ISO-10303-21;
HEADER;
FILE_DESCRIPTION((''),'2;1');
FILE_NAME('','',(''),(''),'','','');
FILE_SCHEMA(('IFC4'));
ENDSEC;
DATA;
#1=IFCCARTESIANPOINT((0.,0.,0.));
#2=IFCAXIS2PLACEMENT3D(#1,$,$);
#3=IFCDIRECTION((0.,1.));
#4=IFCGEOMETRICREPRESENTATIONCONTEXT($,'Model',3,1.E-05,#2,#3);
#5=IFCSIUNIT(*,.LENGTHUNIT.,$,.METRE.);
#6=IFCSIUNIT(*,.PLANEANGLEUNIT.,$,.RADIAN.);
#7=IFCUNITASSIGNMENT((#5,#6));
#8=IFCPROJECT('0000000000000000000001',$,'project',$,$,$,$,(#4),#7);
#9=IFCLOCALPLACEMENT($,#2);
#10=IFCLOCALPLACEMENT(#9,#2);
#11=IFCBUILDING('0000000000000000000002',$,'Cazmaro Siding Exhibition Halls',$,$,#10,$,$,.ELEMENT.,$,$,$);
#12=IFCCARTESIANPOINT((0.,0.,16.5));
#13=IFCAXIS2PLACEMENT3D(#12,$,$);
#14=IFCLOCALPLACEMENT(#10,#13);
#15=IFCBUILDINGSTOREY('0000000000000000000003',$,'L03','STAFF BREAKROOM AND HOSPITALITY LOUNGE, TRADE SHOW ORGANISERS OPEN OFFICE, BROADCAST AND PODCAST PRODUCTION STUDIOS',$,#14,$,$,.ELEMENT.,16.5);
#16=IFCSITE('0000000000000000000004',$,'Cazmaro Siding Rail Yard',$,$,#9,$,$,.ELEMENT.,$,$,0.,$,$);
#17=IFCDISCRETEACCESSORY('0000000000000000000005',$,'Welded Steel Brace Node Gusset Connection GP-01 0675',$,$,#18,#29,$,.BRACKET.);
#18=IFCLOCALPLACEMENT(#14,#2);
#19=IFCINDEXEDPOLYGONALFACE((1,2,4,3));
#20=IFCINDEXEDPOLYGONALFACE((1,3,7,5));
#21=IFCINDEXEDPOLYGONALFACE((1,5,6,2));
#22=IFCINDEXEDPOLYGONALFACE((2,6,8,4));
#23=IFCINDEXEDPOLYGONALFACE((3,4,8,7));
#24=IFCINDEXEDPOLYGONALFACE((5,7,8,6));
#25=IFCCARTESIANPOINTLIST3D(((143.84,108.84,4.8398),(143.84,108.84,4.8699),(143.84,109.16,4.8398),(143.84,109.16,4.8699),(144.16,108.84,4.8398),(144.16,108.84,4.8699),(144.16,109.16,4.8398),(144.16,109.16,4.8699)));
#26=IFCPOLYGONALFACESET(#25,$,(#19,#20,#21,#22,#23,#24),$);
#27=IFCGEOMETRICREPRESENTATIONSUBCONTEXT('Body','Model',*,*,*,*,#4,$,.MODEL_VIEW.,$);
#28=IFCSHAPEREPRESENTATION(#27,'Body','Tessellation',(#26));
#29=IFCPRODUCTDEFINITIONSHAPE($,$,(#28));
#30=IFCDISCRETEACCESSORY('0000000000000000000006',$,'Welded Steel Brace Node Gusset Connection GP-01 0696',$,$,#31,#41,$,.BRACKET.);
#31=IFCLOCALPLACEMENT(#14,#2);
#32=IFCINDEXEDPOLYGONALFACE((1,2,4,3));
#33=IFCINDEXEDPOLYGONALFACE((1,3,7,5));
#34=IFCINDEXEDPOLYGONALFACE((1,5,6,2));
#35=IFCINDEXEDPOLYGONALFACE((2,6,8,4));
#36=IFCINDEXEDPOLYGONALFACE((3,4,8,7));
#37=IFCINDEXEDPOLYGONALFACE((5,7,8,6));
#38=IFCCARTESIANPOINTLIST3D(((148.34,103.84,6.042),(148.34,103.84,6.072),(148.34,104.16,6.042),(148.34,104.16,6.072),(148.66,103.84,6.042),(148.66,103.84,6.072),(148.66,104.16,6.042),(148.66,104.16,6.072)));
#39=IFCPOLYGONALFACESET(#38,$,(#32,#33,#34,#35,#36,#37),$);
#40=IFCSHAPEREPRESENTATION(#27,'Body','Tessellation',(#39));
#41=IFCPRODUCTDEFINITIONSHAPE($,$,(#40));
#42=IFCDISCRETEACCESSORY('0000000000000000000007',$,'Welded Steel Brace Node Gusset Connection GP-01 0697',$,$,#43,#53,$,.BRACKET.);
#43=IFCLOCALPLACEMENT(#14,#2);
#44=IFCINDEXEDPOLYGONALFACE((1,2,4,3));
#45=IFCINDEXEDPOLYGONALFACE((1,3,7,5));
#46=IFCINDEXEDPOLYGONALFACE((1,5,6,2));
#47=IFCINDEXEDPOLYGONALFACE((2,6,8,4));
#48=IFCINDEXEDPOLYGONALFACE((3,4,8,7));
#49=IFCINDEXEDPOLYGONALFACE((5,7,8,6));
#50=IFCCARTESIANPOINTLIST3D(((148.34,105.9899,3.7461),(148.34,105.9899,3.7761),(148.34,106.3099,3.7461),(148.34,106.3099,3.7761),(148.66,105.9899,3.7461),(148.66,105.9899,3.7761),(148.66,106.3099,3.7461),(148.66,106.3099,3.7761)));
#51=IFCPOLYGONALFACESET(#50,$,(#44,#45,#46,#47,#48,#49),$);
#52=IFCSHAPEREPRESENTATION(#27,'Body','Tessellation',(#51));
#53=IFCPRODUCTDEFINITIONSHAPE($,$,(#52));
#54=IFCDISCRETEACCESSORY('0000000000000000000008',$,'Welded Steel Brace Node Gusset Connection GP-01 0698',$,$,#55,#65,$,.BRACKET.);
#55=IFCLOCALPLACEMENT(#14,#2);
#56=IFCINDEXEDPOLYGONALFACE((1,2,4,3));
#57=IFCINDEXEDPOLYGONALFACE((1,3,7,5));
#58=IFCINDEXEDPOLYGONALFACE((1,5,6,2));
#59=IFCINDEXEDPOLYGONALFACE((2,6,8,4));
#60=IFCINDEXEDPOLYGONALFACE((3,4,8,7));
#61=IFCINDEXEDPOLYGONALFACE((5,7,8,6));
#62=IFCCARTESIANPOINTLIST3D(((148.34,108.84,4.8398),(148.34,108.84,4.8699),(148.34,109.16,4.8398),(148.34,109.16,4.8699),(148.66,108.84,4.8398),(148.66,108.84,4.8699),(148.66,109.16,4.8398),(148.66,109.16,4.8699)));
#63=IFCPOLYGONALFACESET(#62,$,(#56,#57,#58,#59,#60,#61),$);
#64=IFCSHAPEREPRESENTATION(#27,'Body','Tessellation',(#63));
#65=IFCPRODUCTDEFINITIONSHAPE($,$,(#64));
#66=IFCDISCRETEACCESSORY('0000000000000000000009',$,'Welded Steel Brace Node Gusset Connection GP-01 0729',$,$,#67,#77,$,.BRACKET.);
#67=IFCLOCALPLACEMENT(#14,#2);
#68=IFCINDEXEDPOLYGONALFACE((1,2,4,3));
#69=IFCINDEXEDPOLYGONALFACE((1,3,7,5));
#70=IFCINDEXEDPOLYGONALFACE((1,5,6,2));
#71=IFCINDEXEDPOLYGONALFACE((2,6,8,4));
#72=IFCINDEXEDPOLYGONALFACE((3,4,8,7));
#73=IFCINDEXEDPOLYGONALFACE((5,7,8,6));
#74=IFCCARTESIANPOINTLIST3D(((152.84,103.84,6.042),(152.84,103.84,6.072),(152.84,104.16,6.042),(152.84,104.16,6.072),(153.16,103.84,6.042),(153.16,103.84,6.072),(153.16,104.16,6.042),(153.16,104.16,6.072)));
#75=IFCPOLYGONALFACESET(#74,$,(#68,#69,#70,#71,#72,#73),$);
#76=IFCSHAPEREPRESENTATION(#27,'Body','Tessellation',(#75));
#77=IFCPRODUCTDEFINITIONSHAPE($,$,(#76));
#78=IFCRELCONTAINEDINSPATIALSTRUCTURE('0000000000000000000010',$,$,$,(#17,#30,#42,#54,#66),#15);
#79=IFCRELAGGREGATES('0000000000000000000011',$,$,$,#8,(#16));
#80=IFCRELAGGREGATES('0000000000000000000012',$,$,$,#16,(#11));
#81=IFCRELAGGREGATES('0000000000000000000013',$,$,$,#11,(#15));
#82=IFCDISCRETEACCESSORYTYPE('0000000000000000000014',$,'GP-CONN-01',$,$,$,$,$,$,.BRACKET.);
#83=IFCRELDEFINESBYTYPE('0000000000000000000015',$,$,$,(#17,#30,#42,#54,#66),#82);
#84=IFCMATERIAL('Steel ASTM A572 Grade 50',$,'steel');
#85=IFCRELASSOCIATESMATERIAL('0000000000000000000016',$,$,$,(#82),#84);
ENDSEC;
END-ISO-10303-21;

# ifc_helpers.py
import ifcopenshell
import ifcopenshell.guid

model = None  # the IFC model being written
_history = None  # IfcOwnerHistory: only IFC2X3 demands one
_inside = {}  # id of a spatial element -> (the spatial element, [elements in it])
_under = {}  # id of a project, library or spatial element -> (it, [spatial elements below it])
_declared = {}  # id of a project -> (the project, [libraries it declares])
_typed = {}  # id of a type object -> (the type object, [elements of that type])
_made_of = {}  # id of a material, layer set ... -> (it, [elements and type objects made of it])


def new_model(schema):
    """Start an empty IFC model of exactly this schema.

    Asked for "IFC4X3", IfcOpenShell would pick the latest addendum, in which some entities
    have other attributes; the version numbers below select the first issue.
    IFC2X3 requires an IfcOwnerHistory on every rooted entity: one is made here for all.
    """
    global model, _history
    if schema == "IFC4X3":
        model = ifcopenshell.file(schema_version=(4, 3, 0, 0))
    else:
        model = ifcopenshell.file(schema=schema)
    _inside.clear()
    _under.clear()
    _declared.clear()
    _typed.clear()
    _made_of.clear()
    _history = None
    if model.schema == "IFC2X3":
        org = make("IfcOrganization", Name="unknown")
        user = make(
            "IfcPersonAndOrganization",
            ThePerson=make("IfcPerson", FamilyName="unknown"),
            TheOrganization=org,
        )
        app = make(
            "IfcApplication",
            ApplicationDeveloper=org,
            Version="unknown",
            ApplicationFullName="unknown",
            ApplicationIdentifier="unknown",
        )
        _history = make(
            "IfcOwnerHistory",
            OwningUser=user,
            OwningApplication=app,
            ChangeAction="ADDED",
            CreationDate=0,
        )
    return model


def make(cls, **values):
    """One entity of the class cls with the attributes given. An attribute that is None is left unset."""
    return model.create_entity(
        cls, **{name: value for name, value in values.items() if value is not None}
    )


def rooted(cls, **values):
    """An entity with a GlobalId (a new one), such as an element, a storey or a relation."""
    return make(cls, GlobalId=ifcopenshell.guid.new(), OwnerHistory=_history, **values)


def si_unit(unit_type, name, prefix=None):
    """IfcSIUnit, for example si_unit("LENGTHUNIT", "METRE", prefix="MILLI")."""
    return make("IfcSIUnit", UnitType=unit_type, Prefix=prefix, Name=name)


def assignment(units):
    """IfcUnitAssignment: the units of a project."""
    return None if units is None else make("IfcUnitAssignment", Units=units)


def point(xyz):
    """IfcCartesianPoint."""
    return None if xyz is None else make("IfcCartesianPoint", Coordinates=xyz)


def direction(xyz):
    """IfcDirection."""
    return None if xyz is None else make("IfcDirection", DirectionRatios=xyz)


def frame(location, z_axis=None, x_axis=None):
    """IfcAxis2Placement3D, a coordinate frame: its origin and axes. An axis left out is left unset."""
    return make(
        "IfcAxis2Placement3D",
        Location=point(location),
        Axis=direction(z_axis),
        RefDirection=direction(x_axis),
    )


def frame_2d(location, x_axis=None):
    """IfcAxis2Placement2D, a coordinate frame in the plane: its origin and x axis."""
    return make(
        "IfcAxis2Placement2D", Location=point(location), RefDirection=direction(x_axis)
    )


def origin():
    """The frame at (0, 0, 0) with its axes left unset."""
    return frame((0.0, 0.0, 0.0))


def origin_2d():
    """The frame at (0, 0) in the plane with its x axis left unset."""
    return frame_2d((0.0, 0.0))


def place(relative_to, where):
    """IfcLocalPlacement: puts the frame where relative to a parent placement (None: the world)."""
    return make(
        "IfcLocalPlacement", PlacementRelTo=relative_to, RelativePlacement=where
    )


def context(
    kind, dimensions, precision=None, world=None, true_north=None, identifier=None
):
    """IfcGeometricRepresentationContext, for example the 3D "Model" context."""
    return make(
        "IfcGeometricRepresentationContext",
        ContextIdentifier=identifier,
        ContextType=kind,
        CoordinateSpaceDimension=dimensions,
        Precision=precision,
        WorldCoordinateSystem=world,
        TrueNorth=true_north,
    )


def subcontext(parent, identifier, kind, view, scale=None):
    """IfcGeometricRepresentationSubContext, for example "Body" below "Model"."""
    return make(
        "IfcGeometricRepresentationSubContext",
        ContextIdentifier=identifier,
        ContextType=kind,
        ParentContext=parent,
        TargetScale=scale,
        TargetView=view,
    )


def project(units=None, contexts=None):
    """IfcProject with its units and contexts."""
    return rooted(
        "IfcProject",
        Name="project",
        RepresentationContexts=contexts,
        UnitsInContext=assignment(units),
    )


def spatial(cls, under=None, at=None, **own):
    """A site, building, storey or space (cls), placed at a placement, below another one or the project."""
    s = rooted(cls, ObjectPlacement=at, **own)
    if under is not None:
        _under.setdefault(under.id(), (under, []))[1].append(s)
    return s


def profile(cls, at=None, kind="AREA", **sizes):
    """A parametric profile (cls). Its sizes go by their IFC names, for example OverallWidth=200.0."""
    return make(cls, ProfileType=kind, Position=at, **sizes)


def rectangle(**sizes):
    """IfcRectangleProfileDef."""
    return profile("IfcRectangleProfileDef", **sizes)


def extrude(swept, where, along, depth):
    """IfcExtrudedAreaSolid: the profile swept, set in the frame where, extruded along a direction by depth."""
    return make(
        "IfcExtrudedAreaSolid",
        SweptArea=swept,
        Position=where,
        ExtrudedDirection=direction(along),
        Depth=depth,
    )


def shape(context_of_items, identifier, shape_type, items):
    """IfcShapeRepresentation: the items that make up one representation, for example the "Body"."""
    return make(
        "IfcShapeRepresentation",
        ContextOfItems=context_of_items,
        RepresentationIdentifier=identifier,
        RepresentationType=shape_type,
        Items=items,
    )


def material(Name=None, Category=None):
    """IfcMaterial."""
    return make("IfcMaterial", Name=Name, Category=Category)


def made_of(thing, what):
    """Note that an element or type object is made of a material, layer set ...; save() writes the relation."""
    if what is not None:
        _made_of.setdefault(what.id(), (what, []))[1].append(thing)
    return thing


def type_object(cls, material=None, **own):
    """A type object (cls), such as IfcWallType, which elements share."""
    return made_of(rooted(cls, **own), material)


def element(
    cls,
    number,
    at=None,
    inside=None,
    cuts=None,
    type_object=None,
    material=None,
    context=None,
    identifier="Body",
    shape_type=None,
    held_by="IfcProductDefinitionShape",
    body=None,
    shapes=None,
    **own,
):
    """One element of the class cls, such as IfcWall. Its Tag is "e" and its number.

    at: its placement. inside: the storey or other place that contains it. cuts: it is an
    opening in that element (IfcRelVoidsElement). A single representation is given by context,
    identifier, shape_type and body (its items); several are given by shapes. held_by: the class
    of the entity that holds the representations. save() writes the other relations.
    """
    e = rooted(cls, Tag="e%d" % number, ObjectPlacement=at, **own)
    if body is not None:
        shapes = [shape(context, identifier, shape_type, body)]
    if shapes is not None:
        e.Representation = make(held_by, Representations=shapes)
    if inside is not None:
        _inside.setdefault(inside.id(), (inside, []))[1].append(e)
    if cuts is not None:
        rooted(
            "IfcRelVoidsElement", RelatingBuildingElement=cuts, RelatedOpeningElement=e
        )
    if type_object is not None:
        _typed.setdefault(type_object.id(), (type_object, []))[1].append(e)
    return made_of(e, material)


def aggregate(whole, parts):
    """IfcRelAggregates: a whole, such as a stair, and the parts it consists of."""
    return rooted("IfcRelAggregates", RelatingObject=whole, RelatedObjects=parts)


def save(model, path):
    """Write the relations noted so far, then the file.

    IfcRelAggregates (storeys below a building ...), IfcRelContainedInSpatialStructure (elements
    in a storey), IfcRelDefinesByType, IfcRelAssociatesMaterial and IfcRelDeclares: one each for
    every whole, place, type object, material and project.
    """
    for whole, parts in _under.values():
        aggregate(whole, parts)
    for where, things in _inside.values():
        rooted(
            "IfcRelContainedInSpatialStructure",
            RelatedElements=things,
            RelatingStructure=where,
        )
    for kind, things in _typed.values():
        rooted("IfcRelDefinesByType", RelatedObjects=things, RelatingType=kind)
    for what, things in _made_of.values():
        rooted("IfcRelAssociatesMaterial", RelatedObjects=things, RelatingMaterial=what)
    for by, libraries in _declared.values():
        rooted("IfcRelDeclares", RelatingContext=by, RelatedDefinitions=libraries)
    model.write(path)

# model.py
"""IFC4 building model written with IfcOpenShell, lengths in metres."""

from ifc_helpers import new_model, si_unit, direction, frame, origin, origin_2d, place, context, subcontext, project, spatial, rectangle, extrude, material, type_object, element, save


model = new_model("IFC4")

# Units and contexts
model_context = context("Model", 3, precision=1e-05, world=origin(), true_north=direction((0.0, 1.0)))
body_context = subcontext(model_context, "Body", "Model", "MODEL_VIEW")
ifc_project = project(units=[si_unit("LENGTHUNIT", "METRE"), si_unit("PLANEANGLEUNIT", "RADIAN")], contexts=[model_context])

# Site, building, storey
site_placement = place(None, origin())
site = spatial("IfcSite", under=ifc_project, at=site_placement, Name="Cazmaro Siding Rail Yard", CompositionType="ELEMENT", RefElevation=0.0)
building_placement = place(site_placement, origin())
building = spatial("IfcBuilding", under=site, at=building_placement, Name="Cazmaro Siding Exhibition Halls", CompositionType="ELEMENT")
storey_placement = place(building_placement, frame((0.0, 0.0, 16.5)))
storey = spatial("IfcBuildingStorey", under=building, at=storey_placement, Name="L03", Description="STAFF BREAKROOM AND HOSPITALITY LOUNGE, TRADE SHOW ORGANISERS OPEN OFFICE, BROADCAST AND PODCAST PRODUCTION STUDIOS", CompositionType="ELEMENT", Elevation=16.5)

# Discrete accessories
ifc_material_1 = material(Name="Steel ASTM A572 Grade 50", Category="steel")
discrete_accessory_type = type_object("IfcDiscreteAccessoryType", Name="GP-CONN-01", PredefinedType="BRACKET", material=ifc_material_1)
for number, where, z_axis, x_axis, name in (
    (1, (144.0, 109.0, 4.8398), (0.0, 0.0, 1.0), (1.0, 0.0, 0.0), "Welded Steel Brace Node Gusset Connection GP-01 0675"),
    (2, (148.5, 104.0, 6.042), (0.0, 0.0, 1.0), (1.0, 0.0, 0.0), "Welded Steel Brace Node Gusset Connection GP-01 0696"),
    (3, (148.5, 106.1499, 3.7461), (0.0, 0.0, 1.0), (1.0, 0.0, 0.0), "Welded Steel Brace Node Gusset Connection GP-01 0697"),
    (4, (148.5, 109.0, 4.8398), (0.0, 0.0, 1.0), (1.0, 0.0, 0.0), "Welded Steel Brace Node Gusset Connection GP-01 0698"),
    (5, (153.0, 104.0, 6.042), (0.0, 0.0, 1.0), (1.0, 0.0, 0.0), "Welded Steel Brace Node Gusset Connection GP-01 0729"),
):
    element("IfcDiscreteAccessory", number, at=place(storey_placement, frame(where, z_axis=z_axis, x_axis=x_axis)), inside=storey, type_object=discrete_accessory_type, Name=name, PredefinedType="BRACKET", context=body_context, shape_type="SweptSolid", body=[
        extrude(rectangle(XDim=0.3201, YDim=0.3201, at=origin_2d()), origin(), (0.0, 0.0, 1.0), 0.03),
    ])

save(model, "model.ifc")
